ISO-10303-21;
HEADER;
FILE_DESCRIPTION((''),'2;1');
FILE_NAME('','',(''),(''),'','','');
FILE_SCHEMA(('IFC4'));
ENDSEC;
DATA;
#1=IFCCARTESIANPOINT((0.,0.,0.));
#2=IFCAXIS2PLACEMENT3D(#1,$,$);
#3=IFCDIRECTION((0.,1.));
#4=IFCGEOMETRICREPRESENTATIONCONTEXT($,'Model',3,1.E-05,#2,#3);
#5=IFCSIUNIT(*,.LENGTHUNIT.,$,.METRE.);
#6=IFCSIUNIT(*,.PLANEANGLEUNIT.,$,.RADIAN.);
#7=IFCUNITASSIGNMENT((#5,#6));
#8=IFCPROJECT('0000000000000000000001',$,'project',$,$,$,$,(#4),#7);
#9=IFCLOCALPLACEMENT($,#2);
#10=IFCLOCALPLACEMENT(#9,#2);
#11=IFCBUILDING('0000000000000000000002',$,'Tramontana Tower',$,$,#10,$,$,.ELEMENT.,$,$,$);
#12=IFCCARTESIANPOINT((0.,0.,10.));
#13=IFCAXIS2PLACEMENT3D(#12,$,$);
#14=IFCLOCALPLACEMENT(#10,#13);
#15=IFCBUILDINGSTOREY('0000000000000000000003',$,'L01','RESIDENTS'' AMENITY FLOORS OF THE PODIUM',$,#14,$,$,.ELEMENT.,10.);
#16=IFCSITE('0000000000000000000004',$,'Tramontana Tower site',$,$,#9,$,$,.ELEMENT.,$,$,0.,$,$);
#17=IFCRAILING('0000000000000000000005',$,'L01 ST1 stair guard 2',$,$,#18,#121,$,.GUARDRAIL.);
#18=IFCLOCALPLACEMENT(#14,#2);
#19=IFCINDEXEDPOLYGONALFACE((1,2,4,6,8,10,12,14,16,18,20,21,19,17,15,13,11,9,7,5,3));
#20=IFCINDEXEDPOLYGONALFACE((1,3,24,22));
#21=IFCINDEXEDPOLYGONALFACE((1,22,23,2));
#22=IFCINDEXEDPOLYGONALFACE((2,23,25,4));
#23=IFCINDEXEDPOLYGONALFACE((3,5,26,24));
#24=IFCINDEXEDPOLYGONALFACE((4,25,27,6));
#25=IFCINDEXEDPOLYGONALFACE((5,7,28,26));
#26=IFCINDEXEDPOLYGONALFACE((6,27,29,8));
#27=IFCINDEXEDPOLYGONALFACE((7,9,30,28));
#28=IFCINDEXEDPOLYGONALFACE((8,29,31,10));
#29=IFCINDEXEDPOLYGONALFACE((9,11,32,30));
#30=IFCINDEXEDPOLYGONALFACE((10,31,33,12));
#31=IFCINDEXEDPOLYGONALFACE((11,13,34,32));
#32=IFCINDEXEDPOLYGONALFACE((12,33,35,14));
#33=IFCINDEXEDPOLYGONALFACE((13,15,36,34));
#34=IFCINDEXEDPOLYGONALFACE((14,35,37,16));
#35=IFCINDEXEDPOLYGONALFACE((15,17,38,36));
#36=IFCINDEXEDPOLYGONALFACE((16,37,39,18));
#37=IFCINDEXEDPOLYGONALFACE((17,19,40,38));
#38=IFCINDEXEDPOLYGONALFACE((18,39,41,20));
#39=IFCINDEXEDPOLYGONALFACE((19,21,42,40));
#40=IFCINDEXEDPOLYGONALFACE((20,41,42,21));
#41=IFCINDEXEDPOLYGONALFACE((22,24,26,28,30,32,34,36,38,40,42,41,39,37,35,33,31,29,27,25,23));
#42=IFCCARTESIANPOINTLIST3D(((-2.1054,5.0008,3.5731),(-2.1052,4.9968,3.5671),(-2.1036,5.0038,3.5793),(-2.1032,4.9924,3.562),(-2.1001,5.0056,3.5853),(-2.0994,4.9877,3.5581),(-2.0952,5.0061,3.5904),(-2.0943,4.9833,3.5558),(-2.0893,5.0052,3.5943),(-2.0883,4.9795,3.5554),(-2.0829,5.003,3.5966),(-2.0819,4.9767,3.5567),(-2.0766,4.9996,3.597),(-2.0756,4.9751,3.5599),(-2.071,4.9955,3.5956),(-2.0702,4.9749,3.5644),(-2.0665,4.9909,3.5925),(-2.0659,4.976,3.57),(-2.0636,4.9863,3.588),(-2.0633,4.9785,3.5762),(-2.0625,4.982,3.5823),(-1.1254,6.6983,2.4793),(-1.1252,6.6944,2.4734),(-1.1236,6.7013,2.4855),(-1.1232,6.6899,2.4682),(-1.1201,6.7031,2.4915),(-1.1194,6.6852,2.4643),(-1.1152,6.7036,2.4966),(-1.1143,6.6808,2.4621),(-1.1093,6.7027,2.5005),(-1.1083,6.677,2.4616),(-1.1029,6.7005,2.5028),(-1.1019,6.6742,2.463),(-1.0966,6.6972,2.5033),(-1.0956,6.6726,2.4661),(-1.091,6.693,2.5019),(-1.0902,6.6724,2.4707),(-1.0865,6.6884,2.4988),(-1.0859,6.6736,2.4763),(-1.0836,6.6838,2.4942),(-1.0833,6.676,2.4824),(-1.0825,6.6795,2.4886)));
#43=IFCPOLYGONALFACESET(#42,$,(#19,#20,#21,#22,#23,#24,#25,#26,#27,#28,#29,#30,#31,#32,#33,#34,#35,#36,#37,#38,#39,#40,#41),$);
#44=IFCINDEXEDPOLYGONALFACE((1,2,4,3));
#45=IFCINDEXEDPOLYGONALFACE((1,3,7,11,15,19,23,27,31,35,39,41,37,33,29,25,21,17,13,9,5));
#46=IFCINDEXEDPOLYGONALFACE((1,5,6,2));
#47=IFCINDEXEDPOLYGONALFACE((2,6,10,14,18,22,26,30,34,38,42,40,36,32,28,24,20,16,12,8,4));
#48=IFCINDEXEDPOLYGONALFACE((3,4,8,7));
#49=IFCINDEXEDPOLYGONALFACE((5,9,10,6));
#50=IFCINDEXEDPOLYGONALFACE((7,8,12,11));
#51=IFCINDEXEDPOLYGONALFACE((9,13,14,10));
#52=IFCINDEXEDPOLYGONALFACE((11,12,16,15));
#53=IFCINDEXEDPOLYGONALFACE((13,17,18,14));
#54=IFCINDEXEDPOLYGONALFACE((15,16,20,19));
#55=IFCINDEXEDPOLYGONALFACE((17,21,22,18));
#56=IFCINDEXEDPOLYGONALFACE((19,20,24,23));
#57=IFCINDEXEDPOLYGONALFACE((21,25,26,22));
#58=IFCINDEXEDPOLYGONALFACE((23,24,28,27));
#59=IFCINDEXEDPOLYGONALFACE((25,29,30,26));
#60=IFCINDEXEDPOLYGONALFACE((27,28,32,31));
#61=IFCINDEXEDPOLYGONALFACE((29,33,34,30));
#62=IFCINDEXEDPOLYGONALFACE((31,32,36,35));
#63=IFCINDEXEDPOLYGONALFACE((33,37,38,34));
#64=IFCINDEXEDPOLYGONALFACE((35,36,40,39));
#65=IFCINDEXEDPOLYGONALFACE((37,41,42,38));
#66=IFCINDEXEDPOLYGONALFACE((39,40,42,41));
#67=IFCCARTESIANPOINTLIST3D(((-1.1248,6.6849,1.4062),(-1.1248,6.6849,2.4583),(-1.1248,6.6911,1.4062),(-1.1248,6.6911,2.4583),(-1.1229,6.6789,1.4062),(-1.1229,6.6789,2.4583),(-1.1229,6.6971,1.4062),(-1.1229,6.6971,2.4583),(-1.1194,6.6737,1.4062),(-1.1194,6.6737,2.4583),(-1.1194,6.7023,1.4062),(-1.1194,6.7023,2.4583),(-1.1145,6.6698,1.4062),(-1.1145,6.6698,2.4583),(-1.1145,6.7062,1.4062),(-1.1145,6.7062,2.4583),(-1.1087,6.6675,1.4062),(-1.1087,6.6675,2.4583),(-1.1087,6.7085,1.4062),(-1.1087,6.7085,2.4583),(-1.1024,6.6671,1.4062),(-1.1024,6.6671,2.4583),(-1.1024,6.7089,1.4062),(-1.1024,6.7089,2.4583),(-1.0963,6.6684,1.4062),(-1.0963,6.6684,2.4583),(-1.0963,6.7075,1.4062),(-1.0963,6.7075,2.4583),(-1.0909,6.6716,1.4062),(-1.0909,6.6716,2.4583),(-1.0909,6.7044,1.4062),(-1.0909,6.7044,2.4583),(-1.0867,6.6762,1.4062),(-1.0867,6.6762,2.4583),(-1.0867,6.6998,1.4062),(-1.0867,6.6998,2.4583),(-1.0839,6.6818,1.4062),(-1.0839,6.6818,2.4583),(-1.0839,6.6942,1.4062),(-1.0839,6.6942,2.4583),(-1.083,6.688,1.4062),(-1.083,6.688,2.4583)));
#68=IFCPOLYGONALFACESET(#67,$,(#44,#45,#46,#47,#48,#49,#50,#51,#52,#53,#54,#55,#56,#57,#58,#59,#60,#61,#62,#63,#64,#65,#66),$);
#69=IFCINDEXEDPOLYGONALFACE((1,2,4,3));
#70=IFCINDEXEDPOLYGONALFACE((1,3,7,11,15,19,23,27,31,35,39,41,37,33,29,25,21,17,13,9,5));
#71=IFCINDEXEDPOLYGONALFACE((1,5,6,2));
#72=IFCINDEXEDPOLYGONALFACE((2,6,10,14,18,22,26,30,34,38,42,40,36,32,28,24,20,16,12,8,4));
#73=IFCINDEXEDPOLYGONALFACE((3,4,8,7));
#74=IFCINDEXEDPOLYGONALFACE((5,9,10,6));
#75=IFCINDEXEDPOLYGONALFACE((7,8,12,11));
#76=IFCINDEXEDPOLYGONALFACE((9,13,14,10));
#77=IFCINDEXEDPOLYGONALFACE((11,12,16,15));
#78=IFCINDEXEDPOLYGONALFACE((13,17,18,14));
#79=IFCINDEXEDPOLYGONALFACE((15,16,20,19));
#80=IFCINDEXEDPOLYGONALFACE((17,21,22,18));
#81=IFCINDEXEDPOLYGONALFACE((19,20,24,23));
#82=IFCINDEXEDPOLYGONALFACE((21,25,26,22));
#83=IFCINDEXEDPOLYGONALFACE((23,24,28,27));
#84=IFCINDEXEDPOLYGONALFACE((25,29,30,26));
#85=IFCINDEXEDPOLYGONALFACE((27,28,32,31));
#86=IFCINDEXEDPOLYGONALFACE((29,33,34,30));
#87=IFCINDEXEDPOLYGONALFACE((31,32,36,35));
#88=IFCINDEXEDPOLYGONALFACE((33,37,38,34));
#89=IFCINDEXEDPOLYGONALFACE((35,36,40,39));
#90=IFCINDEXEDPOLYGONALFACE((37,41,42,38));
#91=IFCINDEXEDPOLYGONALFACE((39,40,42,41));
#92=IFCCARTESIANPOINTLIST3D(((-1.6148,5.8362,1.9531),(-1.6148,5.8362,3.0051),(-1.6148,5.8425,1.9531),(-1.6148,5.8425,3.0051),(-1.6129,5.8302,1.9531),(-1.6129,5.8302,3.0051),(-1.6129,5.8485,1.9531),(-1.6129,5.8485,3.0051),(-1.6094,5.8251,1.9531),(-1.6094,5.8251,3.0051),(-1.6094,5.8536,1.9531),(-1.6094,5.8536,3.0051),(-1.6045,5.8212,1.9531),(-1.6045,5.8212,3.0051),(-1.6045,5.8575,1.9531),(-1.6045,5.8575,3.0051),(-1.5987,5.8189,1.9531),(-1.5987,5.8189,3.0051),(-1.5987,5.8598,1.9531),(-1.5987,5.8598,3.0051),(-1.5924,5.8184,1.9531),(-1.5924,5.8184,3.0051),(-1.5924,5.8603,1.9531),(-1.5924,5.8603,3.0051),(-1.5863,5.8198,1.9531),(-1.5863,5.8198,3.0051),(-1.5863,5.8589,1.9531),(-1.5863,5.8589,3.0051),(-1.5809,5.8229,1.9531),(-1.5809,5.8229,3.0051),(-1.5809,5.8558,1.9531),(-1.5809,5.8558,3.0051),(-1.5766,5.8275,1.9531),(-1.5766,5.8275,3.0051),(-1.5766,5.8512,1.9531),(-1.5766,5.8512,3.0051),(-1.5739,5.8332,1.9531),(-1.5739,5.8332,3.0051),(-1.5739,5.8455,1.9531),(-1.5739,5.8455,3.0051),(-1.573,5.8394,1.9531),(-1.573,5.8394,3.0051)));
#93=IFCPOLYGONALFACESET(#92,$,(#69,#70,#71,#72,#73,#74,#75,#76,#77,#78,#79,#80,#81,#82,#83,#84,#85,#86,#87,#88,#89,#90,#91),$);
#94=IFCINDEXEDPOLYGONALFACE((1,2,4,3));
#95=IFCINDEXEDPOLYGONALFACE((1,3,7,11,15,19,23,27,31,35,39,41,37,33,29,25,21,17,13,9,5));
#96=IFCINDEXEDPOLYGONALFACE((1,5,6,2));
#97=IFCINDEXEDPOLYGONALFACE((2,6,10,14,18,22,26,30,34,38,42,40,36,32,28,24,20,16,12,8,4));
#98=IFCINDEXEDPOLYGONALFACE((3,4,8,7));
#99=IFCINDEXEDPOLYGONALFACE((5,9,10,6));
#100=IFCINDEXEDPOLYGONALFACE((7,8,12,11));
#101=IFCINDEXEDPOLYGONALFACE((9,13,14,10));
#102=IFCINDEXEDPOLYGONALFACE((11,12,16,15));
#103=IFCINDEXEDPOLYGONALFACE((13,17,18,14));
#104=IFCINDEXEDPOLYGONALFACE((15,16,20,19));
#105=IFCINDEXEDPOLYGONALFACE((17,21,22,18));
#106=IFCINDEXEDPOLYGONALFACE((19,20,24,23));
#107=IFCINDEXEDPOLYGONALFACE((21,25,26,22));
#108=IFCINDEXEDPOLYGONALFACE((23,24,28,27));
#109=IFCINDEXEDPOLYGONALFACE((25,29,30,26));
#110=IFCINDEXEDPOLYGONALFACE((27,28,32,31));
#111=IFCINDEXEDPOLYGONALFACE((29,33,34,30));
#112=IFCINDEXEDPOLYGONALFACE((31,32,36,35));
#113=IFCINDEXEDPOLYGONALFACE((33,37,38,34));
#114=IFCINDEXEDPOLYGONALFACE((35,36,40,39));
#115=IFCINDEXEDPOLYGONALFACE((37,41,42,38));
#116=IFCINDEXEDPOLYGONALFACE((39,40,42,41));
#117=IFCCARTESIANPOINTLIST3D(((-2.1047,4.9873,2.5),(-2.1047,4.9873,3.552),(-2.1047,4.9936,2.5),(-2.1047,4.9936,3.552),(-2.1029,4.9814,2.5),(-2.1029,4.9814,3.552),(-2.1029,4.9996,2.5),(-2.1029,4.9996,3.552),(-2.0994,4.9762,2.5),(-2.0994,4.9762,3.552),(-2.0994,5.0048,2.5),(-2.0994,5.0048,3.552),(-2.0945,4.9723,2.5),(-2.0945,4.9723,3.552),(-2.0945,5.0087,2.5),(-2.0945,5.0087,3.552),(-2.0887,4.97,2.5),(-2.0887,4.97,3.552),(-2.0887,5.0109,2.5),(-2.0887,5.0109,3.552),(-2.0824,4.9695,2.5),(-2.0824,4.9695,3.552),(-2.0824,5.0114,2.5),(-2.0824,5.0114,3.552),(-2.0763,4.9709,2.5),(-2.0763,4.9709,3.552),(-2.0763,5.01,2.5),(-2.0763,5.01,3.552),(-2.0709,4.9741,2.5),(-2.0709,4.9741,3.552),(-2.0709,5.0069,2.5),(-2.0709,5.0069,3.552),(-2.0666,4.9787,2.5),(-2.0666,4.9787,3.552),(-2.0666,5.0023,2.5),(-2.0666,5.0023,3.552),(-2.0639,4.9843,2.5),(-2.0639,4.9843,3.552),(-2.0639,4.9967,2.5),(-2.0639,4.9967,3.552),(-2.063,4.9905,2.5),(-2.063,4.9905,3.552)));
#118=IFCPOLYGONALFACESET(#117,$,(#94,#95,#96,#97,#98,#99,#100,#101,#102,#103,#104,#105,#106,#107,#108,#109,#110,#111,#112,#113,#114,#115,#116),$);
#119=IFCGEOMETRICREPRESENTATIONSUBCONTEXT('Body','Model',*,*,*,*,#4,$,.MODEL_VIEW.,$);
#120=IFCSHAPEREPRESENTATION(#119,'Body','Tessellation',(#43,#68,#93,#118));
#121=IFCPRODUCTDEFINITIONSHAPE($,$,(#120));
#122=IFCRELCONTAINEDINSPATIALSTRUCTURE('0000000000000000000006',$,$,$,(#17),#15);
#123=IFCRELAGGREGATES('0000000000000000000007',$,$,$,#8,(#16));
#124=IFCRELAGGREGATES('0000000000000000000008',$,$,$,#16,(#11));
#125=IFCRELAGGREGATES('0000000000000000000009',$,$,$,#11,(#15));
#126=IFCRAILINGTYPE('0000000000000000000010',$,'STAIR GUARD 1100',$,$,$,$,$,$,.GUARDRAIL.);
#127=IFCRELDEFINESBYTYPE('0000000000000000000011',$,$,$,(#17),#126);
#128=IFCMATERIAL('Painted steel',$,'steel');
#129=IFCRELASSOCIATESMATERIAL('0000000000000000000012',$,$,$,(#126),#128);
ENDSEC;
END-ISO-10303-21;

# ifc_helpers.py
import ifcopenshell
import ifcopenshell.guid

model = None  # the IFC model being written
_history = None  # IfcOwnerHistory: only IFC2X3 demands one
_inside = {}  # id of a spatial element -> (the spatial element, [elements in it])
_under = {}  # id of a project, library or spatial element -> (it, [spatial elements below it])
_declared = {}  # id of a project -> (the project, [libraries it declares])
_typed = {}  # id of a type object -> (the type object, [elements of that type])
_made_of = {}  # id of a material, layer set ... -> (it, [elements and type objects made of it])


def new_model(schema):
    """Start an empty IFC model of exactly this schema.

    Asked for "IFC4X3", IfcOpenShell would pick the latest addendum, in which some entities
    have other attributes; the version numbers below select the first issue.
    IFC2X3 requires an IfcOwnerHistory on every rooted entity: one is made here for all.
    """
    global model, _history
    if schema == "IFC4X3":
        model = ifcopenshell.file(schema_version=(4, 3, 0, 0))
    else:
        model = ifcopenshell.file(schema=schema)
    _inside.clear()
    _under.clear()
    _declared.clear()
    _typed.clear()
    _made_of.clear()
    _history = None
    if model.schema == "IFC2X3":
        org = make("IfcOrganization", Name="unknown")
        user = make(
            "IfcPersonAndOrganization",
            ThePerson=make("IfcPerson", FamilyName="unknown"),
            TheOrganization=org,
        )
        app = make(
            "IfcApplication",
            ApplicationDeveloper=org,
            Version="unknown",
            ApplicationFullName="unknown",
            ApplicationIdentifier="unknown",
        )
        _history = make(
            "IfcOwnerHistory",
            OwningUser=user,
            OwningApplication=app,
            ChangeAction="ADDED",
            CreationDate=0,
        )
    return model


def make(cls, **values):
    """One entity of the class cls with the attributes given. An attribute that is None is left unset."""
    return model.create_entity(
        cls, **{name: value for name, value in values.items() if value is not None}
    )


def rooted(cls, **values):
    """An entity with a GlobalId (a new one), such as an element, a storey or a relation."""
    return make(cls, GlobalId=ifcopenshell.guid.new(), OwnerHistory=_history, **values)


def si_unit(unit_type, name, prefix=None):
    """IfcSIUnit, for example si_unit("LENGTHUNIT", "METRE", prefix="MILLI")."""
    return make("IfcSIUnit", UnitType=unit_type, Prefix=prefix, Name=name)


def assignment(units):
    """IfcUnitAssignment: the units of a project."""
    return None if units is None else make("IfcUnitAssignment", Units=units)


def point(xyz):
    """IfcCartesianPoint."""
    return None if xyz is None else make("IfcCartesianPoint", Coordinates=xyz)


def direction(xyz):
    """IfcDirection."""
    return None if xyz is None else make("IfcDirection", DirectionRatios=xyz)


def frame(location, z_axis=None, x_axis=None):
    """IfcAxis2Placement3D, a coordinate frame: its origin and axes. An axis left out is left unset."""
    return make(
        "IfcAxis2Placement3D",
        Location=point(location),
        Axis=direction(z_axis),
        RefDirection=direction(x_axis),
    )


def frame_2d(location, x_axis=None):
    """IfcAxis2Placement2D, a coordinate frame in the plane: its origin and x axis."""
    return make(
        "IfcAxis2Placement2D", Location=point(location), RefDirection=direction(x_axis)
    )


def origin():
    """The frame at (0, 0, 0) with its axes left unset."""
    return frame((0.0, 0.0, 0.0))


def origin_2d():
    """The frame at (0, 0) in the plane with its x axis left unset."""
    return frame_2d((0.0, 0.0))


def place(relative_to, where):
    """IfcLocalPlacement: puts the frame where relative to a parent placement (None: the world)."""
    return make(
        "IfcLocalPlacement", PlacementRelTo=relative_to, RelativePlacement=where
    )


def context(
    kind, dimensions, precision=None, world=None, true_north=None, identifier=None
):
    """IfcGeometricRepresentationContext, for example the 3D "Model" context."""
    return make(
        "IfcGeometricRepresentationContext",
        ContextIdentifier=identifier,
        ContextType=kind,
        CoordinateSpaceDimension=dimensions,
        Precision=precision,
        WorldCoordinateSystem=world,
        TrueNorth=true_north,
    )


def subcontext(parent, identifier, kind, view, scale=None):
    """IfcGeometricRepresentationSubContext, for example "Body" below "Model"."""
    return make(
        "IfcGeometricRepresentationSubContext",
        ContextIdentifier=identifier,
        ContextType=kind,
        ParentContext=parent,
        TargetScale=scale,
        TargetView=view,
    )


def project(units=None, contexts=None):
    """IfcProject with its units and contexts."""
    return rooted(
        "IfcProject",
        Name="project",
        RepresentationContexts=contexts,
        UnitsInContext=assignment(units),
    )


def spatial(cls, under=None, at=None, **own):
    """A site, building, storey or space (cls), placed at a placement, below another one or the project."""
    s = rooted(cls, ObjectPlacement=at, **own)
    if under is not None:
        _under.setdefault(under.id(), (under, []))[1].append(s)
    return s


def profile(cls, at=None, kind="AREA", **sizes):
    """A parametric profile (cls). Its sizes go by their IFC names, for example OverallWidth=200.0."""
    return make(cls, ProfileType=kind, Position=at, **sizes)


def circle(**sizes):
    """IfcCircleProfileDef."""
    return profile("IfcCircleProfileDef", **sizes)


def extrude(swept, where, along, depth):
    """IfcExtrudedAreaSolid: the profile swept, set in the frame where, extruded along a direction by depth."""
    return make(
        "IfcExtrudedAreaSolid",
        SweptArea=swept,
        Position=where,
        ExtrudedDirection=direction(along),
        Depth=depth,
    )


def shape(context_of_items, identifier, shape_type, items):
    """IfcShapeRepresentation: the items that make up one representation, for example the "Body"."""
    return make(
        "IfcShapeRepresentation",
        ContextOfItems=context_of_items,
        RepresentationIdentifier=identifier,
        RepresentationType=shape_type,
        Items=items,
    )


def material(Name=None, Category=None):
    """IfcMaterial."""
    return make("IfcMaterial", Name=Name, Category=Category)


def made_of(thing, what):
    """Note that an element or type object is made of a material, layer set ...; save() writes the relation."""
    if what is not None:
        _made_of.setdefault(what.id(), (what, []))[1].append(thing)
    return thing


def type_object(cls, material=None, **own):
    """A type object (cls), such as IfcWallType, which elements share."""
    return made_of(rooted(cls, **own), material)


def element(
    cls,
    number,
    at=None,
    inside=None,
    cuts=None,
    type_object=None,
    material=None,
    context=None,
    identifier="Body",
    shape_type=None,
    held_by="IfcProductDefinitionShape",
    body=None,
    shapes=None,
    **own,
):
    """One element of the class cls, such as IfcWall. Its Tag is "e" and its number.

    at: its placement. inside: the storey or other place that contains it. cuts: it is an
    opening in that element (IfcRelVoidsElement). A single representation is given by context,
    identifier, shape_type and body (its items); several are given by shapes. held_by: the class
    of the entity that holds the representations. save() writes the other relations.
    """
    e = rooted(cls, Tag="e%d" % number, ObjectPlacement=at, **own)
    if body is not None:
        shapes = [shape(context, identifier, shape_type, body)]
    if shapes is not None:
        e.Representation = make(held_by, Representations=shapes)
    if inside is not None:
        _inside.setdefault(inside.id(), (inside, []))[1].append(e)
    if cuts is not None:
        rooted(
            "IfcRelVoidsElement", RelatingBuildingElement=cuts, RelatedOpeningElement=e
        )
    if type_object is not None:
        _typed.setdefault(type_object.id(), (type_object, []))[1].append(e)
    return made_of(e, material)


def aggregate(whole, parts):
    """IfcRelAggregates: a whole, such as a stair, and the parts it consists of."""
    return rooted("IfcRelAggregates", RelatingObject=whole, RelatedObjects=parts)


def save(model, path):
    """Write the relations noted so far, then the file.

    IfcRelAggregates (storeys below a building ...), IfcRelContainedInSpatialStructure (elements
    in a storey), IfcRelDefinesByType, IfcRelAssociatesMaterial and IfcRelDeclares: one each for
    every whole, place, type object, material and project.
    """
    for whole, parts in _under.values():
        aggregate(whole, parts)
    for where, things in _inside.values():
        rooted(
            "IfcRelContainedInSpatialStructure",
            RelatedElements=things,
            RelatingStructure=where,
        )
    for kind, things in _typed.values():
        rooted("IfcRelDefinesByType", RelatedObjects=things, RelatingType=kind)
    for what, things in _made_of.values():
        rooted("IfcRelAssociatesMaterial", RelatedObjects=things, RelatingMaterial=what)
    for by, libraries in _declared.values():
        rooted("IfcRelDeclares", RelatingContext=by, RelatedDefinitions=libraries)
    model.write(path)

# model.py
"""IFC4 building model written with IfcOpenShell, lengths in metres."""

from ifc_helpers import new_model, si_unit, direction, frame, origin, origin_2d, place, context, subcontext, project, spatial, circle, extrude, material, type_object, element, save


model = new_model("IFC4")

# Units and contexts
model_context = context("Model", 3, precision=1e-05, world=origin(), true_north=direction((0.0, 1.0)))
body_context = subcontext(model_context, "Body", "Model", "MODEL_VIEW")
ifc_project = project(units=[si_unit("LENGTHUNIT", "METRE"), si_unit("PLANEANGLEUNIT", "RADIAN")], contexts=[model_context])

# Site, building, storey
site_placement = place(None, origin())
site = spatial("IfcSite", under=ifc_project, at=site_placement, Name="Tramontana Tower site", CompositionType="ELEMENT", RefElevation=0.0)
building_placement = place(site_placement, origin())
building = spatial("IfcBuilding", under=site, at=building_placement, Name="Tramontana Tower", CompositionType="ELEMENT")
storey_placement = place(building_placement, frame((0.0, 0.0, 10.0)))
storey = spatial("IfcBuildingStorey", under=building, at=storey_placement, Name="L01", Description="RESIDENTS' AMENITY FLOORS OF THE PODIUM", CompositionType="ELEMENT", Elevation=10.0)

# Railing
ifc_material_1 = material(Name="Painted steel", Category="steel")
railing_type_1 = type_object("IfcRailingType", Name="STAIR GUARD 1100", PredefinedType="GUARDRAIL", material=ifc_material_1)
railing_1_placement = place(storey_placement, frame((-1.104, 6.688, 1.4062)))
element("IfcRailing", 1, at=railing_1_placement, inside=storey, type_object=railing_type_1, Name="L01 ST1 stair guard 2", PredefinedType="GUARDRAIL", context=body_context, shape_type="SweptSolid", body=[
    extrude(circle(Radius=0.0239, at=origin_2d()), frame((0.0, 0.0, 1.0762), z_axis=(-0.436596, -0.756267, 0.487282), x_axis=(0.866042, -0.49997, 0.0)), (0.0, 0.0, 1.0), 2.2446),
    extrude(circle(Radius=0.021, at=origin_2d()), origin(), (0.0, 0.0, 1.0), 1.052),
    extrude(circle(Radius=0.021, at=origin_2d()), frame((-0.49, -0.8486, 0.5469)), (0.0, 0.0, 1.0), 1.052),
    extrude(circle(Radius=0.021, at=origin_2d()), frame((-0.98, -1.6975, 1.0938)), (0.0, 0.0, 1.0), 1.052),
])

save(model, "model.ifc")
